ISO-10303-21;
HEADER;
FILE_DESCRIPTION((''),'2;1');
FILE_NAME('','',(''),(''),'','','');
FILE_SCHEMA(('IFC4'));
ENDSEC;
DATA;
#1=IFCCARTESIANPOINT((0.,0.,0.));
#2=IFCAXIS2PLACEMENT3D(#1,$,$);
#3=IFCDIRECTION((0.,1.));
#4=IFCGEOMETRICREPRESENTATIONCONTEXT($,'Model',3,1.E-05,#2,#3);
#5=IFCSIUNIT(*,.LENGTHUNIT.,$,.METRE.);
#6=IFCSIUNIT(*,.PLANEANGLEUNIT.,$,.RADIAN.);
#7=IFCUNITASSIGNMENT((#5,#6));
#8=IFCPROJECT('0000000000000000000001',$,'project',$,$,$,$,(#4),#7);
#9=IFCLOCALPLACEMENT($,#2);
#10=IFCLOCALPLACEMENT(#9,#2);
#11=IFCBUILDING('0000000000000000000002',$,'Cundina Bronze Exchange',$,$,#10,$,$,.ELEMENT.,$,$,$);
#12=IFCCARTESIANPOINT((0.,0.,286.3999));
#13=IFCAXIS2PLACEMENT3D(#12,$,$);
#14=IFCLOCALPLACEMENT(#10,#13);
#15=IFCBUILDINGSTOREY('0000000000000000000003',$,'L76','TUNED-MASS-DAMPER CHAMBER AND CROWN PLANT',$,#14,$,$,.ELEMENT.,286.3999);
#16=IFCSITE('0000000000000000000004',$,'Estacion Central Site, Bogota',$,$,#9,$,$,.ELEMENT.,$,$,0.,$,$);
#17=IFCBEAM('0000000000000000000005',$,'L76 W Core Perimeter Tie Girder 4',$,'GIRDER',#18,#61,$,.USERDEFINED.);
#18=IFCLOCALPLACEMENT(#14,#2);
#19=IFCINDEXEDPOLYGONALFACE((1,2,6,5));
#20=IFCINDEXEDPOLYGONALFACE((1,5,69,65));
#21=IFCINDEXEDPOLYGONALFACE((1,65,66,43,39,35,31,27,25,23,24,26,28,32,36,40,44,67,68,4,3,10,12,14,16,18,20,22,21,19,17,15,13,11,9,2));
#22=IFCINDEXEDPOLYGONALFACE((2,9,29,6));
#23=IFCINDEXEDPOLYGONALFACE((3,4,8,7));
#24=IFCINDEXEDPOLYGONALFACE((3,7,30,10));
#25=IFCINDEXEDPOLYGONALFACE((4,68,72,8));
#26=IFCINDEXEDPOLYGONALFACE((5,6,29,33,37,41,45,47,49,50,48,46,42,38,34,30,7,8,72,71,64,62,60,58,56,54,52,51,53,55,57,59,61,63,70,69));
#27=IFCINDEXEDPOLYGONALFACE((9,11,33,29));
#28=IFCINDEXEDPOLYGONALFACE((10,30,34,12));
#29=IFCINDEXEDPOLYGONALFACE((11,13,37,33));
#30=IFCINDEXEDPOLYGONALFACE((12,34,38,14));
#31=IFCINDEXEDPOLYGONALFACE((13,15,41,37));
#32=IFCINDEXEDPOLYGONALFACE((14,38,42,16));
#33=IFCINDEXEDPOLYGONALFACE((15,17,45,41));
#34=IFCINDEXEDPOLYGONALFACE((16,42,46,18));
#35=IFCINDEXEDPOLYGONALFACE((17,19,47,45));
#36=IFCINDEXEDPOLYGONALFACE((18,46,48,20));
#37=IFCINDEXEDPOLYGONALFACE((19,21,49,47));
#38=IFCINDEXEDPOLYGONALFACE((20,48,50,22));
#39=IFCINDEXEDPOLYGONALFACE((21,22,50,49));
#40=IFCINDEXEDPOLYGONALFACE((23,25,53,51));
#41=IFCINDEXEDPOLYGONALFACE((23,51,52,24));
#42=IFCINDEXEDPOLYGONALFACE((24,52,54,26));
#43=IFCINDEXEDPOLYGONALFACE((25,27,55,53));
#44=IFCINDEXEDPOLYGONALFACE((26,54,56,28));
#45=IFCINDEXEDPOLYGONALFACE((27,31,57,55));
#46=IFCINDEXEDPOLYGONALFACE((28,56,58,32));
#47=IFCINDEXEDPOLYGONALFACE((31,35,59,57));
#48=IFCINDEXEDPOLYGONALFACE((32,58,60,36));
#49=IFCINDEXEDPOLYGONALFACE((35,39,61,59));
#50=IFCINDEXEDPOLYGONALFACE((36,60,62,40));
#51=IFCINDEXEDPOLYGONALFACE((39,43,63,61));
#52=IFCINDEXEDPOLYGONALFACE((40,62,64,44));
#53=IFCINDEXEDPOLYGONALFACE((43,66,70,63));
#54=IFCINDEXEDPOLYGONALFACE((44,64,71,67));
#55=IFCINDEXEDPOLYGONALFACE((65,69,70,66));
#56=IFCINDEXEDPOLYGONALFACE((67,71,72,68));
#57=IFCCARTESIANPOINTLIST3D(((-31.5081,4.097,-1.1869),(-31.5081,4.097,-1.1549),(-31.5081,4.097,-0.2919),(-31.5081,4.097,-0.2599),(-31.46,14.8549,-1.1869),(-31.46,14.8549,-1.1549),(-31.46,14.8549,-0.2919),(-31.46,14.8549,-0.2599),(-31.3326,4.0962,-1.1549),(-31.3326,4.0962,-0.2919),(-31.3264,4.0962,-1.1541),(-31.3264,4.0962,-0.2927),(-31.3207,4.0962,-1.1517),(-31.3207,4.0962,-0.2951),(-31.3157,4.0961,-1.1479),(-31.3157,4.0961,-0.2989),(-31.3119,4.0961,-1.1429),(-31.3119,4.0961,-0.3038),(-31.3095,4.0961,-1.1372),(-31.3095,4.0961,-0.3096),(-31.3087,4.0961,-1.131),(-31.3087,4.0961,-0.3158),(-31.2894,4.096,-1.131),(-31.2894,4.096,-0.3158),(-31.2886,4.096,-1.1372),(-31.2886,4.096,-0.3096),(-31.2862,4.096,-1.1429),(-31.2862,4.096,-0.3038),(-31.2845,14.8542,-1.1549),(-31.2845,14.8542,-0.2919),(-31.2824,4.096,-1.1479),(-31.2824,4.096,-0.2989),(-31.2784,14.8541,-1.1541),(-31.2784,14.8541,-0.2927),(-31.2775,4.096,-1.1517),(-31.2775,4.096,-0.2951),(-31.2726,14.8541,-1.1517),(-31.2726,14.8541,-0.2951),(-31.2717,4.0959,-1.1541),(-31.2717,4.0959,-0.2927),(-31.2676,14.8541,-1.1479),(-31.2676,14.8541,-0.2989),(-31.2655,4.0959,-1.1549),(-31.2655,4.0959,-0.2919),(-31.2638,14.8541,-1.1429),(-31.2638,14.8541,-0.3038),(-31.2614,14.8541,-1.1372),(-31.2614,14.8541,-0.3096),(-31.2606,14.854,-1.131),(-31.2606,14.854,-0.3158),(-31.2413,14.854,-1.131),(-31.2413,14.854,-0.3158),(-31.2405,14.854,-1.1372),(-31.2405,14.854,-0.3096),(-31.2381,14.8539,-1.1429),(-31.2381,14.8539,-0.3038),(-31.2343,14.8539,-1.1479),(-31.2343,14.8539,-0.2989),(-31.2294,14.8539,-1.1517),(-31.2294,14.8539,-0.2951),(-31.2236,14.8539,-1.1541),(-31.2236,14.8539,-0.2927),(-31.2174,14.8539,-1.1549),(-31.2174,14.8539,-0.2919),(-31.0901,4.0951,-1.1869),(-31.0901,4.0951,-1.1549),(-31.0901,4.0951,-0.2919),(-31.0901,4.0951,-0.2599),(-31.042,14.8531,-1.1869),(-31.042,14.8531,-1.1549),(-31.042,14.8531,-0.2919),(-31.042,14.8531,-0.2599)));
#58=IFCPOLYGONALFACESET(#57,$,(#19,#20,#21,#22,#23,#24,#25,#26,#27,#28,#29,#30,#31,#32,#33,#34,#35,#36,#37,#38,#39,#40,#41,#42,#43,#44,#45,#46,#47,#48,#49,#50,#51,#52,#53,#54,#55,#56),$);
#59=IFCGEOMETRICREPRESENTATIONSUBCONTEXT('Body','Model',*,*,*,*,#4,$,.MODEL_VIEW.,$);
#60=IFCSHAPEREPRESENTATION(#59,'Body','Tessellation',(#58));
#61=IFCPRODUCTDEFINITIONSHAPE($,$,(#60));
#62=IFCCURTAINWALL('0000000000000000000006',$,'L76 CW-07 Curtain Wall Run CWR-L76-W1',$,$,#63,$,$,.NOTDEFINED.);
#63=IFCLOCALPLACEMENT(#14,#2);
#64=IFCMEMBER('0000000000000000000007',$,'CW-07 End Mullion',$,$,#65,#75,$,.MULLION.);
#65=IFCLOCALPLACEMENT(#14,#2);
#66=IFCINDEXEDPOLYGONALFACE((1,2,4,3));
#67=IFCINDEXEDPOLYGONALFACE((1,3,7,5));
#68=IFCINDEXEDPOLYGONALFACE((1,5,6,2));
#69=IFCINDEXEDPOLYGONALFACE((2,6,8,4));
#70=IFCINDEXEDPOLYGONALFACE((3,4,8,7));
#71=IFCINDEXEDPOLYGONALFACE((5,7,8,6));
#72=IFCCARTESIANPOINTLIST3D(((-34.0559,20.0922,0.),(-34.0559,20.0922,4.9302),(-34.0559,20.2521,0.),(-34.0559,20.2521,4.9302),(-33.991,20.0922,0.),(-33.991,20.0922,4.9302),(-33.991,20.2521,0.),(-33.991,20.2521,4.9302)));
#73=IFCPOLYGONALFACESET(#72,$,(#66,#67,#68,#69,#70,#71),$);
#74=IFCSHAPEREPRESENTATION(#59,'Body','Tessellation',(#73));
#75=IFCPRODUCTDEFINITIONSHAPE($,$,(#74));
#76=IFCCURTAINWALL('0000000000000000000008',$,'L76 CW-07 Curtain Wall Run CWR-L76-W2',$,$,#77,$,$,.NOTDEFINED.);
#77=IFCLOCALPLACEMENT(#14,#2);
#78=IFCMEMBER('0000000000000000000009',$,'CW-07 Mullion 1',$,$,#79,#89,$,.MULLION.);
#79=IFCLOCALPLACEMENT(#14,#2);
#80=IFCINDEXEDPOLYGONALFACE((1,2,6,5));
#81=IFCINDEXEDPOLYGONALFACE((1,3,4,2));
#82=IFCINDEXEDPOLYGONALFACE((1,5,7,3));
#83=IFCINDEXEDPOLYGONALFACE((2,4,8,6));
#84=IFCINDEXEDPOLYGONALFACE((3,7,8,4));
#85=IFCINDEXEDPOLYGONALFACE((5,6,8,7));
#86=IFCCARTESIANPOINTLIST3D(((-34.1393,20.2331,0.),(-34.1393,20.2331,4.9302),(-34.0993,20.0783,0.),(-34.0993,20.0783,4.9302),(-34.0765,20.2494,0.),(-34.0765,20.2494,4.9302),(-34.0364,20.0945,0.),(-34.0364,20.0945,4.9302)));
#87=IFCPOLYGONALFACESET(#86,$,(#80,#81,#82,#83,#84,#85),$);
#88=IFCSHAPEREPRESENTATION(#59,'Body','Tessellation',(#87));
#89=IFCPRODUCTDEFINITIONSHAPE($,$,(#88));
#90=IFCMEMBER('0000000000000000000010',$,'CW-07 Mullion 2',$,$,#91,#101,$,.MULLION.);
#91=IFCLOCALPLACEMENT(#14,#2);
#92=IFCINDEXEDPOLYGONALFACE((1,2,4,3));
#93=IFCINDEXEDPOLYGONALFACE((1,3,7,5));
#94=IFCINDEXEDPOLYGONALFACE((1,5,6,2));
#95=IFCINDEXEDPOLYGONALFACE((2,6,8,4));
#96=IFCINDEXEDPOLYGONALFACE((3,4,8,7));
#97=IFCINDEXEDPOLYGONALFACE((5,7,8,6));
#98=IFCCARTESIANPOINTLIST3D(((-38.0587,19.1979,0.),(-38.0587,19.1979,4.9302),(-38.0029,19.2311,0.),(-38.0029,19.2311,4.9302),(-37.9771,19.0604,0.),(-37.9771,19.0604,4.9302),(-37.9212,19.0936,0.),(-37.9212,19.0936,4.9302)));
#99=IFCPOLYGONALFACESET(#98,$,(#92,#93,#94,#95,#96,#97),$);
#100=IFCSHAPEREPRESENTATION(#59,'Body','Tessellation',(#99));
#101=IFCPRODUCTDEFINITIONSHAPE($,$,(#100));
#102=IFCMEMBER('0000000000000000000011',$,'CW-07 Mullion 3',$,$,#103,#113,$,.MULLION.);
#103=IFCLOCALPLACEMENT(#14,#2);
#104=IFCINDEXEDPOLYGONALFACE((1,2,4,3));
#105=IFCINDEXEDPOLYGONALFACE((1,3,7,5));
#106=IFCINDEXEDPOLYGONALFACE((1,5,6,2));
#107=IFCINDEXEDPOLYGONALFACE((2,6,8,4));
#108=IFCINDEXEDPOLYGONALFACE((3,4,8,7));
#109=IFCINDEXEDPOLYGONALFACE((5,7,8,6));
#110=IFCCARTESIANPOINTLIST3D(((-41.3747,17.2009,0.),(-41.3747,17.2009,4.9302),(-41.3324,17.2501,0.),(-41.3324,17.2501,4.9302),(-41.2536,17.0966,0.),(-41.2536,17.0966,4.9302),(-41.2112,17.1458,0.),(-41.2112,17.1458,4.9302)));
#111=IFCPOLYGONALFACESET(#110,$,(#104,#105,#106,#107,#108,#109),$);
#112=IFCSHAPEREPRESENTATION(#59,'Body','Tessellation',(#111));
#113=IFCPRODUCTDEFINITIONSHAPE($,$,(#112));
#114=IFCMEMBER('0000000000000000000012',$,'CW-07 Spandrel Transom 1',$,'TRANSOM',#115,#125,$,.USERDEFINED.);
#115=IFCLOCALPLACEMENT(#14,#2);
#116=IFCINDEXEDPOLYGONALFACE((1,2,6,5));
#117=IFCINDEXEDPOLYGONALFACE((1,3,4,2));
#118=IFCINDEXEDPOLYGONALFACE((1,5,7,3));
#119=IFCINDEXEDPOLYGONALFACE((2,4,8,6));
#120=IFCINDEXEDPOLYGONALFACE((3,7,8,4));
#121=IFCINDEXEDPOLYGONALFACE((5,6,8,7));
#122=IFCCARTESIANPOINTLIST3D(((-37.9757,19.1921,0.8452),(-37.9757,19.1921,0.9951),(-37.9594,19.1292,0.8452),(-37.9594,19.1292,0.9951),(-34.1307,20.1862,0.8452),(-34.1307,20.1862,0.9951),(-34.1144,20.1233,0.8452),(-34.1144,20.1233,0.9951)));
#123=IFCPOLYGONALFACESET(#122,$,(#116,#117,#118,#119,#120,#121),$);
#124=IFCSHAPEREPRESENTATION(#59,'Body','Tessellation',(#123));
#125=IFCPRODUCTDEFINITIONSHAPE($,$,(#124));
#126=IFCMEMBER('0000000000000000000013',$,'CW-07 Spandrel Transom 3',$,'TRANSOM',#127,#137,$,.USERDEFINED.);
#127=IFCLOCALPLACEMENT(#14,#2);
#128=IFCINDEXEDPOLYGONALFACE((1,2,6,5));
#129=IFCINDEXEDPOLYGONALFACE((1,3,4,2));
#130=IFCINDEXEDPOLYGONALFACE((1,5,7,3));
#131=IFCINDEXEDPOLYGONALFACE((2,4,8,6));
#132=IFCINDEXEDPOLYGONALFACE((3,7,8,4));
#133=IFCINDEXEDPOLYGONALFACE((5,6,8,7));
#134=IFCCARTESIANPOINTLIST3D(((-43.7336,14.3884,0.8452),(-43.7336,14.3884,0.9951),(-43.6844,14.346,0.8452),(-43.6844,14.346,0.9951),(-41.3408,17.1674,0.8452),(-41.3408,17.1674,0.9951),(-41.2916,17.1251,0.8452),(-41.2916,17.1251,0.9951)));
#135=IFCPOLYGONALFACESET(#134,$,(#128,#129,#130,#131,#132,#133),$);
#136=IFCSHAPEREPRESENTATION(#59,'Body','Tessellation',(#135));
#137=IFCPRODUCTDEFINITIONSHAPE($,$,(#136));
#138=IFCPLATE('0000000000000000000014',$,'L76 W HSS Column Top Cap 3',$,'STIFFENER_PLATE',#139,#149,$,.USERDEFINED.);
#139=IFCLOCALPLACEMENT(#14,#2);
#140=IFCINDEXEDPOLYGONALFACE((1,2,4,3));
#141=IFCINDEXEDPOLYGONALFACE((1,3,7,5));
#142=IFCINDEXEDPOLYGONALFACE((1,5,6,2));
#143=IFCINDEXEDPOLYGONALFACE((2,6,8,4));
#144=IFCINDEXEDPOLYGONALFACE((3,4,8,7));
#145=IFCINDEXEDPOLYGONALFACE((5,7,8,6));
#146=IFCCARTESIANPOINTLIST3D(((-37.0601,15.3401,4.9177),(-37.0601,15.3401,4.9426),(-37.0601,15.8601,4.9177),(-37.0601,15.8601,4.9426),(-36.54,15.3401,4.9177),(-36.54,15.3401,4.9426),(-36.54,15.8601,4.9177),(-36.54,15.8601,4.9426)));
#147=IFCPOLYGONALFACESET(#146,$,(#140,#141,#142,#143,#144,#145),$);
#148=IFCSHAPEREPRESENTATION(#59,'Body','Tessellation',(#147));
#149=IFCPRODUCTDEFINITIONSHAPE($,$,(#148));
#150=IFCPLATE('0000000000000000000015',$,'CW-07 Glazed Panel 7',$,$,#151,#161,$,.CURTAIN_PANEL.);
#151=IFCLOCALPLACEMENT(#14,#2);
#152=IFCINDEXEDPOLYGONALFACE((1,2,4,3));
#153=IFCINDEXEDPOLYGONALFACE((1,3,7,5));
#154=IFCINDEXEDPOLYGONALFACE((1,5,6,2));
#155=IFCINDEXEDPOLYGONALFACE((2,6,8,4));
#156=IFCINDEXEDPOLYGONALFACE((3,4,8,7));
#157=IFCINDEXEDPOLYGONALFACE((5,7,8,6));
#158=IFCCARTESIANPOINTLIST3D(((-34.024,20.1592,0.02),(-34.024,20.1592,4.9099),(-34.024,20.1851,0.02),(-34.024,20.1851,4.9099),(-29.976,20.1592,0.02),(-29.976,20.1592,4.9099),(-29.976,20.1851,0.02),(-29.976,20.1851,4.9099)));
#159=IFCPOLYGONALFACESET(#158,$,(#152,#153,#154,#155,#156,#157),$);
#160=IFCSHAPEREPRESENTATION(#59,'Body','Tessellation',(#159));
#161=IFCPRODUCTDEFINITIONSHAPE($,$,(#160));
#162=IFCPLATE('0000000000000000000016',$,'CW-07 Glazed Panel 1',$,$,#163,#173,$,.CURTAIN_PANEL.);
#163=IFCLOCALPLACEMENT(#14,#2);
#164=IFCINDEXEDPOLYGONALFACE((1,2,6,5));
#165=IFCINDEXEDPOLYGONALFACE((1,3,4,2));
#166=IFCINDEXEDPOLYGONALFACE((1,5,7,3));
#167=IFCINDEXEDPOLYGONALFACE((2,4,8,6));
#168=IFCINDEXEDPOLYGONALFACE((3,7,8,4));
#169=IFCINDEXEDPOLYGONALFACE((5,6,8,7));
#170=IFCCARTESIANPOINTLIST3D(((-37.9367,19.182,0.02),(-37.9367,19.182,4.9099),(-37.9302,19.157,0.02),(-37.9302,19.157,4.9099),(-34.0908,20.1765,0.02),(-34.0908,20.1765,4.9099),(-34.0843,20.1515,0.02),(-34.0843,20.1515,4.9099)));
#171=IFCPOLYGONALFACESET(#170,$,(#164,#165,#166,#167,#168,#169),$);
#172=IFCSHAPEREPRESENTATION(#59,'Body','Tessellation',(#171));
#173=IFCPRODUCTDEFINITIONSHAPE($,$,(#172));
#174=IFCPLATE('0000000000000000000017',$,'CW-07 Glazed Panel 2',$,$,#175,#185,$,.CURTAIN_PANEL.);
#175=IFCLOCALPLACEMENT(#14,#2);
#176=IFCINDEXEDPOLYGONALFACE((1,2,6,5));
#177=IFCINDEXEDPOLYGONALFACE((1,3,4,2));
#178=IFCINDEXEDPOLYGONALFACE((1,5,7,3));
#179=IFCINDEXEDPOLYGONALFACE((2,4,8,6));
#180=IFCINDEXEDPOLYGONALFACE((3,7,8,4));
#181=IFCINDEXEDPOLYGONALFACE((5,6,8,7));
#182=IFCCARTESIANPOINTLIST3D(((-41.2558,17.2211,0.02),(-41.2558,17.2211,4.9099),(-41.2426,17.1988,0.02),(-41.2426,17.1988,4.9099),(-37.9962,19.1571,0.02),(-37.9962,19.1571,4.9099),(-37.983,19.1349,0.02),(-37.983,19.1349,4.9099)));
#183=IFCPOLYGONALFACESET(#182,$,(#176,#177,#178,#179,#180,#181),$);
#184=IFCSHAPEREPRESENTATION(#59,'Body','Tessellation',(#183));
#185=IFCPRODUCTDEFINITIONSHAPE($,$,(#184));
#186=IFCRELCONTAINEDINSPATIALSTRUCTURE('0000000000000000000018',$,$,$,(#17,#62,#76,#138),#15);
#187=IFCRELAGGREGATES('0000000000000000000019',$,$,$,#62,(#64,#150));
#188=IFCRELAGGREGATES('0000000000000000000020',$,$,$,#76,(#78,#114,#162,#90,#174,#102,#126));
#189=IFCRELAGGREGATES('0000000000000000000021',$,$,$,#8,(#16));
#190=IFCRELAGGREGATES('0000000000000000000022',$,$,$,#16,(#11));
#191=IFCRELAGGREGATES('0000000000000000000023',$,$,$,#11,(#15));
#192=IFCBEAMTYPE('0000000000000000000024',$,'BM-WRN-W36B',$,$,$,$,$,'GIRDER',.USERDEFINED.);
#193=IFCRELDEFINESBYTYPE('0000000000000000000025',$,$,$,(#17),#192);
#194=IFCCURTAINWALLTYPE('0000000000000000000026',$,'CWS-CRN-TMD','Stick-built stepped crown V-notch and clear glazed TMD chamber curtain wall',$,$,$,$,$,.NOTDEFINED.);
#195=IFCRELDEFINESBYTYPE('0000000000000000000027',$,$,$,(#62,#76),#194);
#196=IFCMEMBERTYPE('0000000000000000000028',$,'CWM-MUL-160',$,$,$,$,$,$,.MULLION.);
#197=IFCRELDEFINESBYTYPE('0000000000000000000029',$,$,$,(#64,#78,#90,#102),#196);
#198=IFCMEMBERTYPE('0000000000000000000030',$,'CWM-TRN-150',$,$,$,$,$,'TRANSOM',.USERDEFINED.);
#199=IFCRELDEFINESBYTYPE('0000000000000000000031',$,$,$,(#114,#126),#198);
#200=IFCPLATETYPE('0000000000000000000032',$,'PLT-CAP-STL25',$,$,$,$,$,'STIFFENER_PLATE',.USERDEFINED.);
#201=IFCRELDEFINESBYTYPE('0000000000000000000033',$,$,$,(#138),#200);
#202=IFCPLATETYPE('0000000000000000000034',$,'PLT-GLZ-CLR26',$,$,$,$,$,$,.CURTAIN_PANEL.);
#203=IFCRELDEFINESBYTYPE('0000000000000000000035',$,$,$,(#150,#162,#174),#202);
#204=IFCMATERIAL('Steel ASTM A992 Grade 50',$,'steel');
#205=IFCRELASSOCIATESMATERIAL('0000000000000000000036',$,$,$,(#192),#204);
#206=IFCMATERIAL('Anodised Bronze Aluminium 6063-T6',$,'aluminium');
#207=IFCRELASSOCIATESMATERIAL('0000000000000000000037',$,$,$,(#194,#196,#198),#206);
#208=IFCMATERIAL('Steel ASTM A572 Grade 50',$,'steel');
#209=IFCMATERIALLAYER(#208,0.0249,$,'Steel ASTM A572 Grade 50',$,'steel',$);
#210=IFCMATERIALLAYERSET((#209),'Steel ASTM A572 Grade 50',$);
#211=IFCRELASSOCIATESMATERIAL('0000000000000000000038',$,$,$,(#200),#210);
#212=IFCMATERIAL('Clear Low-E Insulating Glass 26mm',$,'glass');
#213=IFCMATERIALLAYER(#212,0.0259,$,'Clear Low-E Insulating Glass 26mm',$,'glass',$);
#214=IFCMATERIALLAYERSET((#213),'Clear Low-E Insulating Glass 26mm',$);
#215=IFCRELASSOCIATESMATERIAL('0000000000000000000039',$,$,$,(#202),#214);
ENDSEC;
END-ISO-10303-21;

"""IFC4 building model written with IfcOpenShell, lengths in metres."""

from ifc_helpers import new_model, si_unit, direction, frame, origin, origin_2d, place, context, subcontext, project, spatial, rectangle, i_section, extrude, material, layer, layer_set, material_profile, profile_set, type_object, element, aggregate, save


model = new_model("IFC4")

# Units and contexts
model_context = context("Model", 3, precision=1e-05, world=origin(), true_north=direction((0.0, 1.0)))
body_context = subcontext(model_context, "Body", "Model", "MODEL_VIEW")
ifc_project = project(units=[si_unit("LENGTHUNIT", "METRE"), si_unit("PLANEANGLEUNIT", "RADIAN")], contexts=[model_context])

# Site, building, storey
site_placement = place(None, origin())
site = spatial("IfcSite", under=ifc_project, at=site_placement, Name="Estacion Central Site, Bogota", CompositionType="ELEMENT", RefElevation=0.0)
building_placement = place(site_placement, origin())
building = spatial("IfcBuilding", under=site, at=building_placement, Name="Cundina Bronze Exchange", CompositionType="ELEMENT")
storey_placement = place(building_placement, frame((0.0, 0.0, 286.3999)))
storey = spatial("IfcBuildingStorey", under=building, at=storey_placement, Name="L76", Description="TUNED-MASS-DAMPER CHAMBER AND CROWN PLANT", CompositionType="ELEMENT", Elevation=286.3999)

# Shared definitions
ifc_material_1 = material(Name="Steel ASTM A992 Grade 50", Category="steel")

# Beam
ifc_material_profile_1 = material_profile(ifc_material_1, i_section(OverallWidth=0.418, OverallDepth=0.927, WebThickness=0.0193, FlangeThickness=0.032, FilletRadius=0.0239, at=origin_2d()), Name="W36X231", Category="steel")
ifc_profile_set_1 = profile_set([ifc_material_profile_1], Name="Steel ASTM A992 Grade 50")
beam_type_1 = type_object("IfcBeamType", Name="BM-WRN-W36B", ElementType="GIRDER", PredefinedType="USERDEFINED", material=ifc_profile_set_1)
beam_1_placement = place(storey_placement, frame((-31.251, 14.854, -0.7234), z_axis=(-0.004471, -0.99999, 0.0), x_axis=(0.99999, -0.004471, 0.0)))
element("IfcBeam", 1, at=beam_1_placement, inside=storey, type_object=beam_type_1, Name="L76 W Core Perimeter Tie Girder 4", ObjectType="GIRDER", PredefinedType="USERDEFINED", context=body_context, shape_type="SweptSolid", body=[
    extrude(i_section(OverallWidth=0.418, OverallDepth=0.927, WebThickness=0.0193, FlangeThickness=0.032, FilletRadius=0.0239, at=origin_2d()), origin(), (0.0, 0.0, 1.0), 10.7581),
])

# Curtain wall, member
ifc_material_2 = material(Name="Anodised Bronze Aluminium 6063-T6", Category="aluminium")
curtain_wall_type = type_object("IfcCurtainWallType", Name="CWS-CRN-TMD", Description="Stick-built stepped crown V-notch and clear glazed TMD chamber curtain wall", PredefinedType="NOTDEFINED", material=ifc_material_2)
curtain_wall_1_placement = place(storey_placement, origin())
curtain_wall_1 = element("IfcCurtainWall", 2, at=curtain_wall_1_placement, inside=storey, type_object=curtain_wall_type, Name="L76 CW-07 Curtain Wall Run CWR-L76-W1", PredefinedType="NOTDEFINED")
ifc_material_profile_2 = material_profile(ifc_material_2, rectangle(XDim=0.0649, YDim=0.1599, at=origin_2d()), Name="AL65X160", Category="aluminium")
ifc_profile_set_2 = profile_set([ifc_material_profile_2], Name="Anodised Bronze Aluminium 6063-T6")
member_type_1 = type_object("IfcMemberType", Name="CWM-MUL-160", PredefinedType="MULLION", material=ifc_profile_set_2)
member_1_placement = place(storey_placement, frame((-34.0234, 20.1721, 0.0), z_axis=(0.0, 0.0, 1.0), x_axis=(-1.0, 0.0, 0.0)))
member_1 = element("IfcMember", 3, at=member_1_placement, type_object=member_type_1, Name="CW-07 End Mullion", PredefinedType="MULLION", context=body_context, shape_type="SweptSolid", body=[
    extrude(rectangle(XDim=0.0649, YDim=0.1599, at=origin_2d()), origin(), (0.0, 0.0, 1.0), 4.9302),
])

# Curtain wall, members
curtain_wall_2_placement = place(storey_placement, origin())
curtain_wall_2 = element("IfcCurtainWall", 4, at=curtain_wall_2_placement, inside=storey, type_object=curtain_wall_type, Name="L76 CW-07 Curtain Wall Run CWR-L76-W2", PredefinedType="NOTDEFINED")
member_2_placement = place(storey_placement, frame((-34.0879, 20.1638, 0.0), z_axis=(0.0, 0.0, 1.0), x_axis=(-0.968148, -0.25038, 0.0)))
member_2 = element("IfcMember", 5, at=member_2_placement, type_object=member_type_1, Name="CW-07 Mullion 1", PredefinedType="MULLION", context=body_context, shape_type="SweptSolid", body=[
    extrude(rectangle(XDim=0.0649, YDim=0.1599, at=origin_2d()), origin(), (0.0, 0.0, 1.0), 4.9302),
])
member_3_placement = place(storey_placement, frame((-37.99, 19.1458, 0.0), z_axis=(0.0, 0.0, 1.0), x_axis=(-0.859763, -0.510693, 0.0)))
member_3 = element("IfcMember", 6, at=member_3_placement, type_object=member_type_1, Name="CW-07 Mullion 2", PredefinedType="MULLION", context=body_context, shape_type="SweptSolid", body=[
    extrude(rectangle(XDim=0.0649, YDim=0.1599, at=origin_2d()), origin(), (0.0, 0.0, 1.0), 4.9302),
])
member_4_placement = place(storey_placement, frame((-41.293, 17.1733, 0.0), z_axis=(0.0, 0.0, 1.0), x_axis=(-0.652495, -0.757793, 0.0)))
member_4 = element("IfcMember", 7, at=member_4_placement, type_object=member_type_1, Name="CW-07 Mullion 3", PredefinedType="MULLION", context=body_context, shape_type="SweptSolid", body=[
    extrude(rectangle(XDim=0.0649, YDim=0.1599, at=origin_2d()), origin(), (0.0, 0.0, 1.0), 4.9302),
])
ifc_material_profile_3 = material_profile(ifc_material_2, rectangle(XDim=0.0649, YDim=0.1499, at=origin_2d()), Name="AL65X150", Category="aluminium")
ifc_profile_set_3 = profile_set([ifc_material_profile_3], Name="Anodised Bronze Aluminium 6063-T6")
member_type_2 = type_object("IfcMemberType", Name="CWM-TRN-150", ElementType="TRANSOM", PredefinedType="USERDEFINED", material=ifc_profile_set_3)
member_5_placement = place(storey_placement, frame((-34.1226, 20.1548, 0.9202), z_axis=(-0.968162, -0.250324, 0.0), x_axis=(0.250324, -0.968162, 0.0)))
member_5 = element("IfcMember", 8, at=member_5_placement, type_object=member_type_2, Name="CW-07 Spandrel Transom 1", ObjectType="TRANSOM", PredefinedType="USERDEFINED", context=body_context, shape_type="SweptSolid", body=[
    extrude(rectangle(XDim=0.0649, YDim=0.1499, at=origin_2d()), origin(), (0.0, 0.0, 1.0), 3.9714),
])
member_6_placement = place(storey_placement, frame((-41.3162, 17.1462, 0.9202), z_axis=(-0.652484, -0.757803, 0.0), x_axis=(0.757803, -0.652484, 0.0)))
member_6 = element("IfcMember", 9, at=member_6_placement, type_object=member_type_2, Name="CW-07 Spandrel Transom 3", ObjectType="TRANSOM", PredefinedType="USERDEFINED", context=body_context, shape_type="SweptSolid", body=[
    extrude(rectangle(XDim=0.0649, YDim=0.1499, at=origin_2d()), origin(), (0.0, 0.0, 1.0), 3.6672),
])

# Plates
ifc_material_3 = material(Name="Steel ASTM A572 Grade 50", Category="steel")
ifc_layer_1 = layer(ifc_material_3, 0.0249, Name="Steel ASTM A572 Grade 50", Category="steel")
ifc_layer_set_1 = layer_set([ifc_layer_1], Name="Steel ASTM A572 Grade 50")
plate_type_1 = type_object("IfcPlateType", Name="PLT-CAP-STL25", ElementType="STIFFENER_PLATE", PredefinedType="USERDEFINED", material=ifc_layer_set_1)
plate_1_placement = place(storey_placement, frame((-36.8, 15.6001, 4.9177), z_axis=(0.0, 0.0, 1.0), x_axis=(1.0, 0.0, 0.0)))
element("IfcPlate", 10, at=plate_1_placement, inside=storey, type_object=plate_type_1, Name="L76 W HSS Column Top Cap 3", ObjectType="STIFFENER_PLATE", PredefinedType="USERDEFINED", context=body_context, shape_type="SweptSolid", body=[
    extrude(rectangle(XDim=0.52, YDim=0.52, at=origin_2d()), origin(), (0.0, 0.0, 1.0), 0.0249),
])
ifc_material_4 = material(Name="Clear Low-E Insulating Glass 26mm", Category="glass")
ifc_layer_2 = layer(ifc_material_4, 0.0259, Name="Clear Low-E Insulating Glass 26mm", Category="glass")
ifc_layer_set_2 = layer_set([ifc_layer_2], Name="Clear Low-E Insulating Glass 26mm")
plate_type_2 = type_object("IfcPlateType", Name="PLT-GLZ-CLR26", PredefinedType="CURTAIN_PANEL", material=ifc_layer_set_2)
plate_2_placement = place(storey_placement, frame((-32.0, 20.1721, 0.02), z_axis=(0.0, 0.0, 1.0), x_axis=(-1.0, 0.0, 0.0)))
plate_2 = element("IfcPlate", 11, at=plate_2_placement, type_object=plate_type_2, Name="CW-07 Glazed Panel 7", PredefinedType="CURTAIN_PANEL", context=body_context, shape_type="SweptSolid", body=[
    extrude(rectangle(XDim=4.0481, YDim=0.0259, at=origin_2d()), origin(), (0.0, 0.0, 1.0), 4.8899),
])
aggregate(curtain_wall_1, [member_1, plate_2])
plate_3_placement = place(storey_placement, frame((-36.0105, 19.6667, 0.02), z_axis=(0.0, 0.0, 1.0), x_axis=(-0.968156, -0.250346, 0.0)))
plate_3 = element("IfcPlate", 12, at=plate_3_placement, type_object=plate_type_2, Name="CW-07 Glazed Panel 1", PredefinedType="CURTAIN_PANEL", context=body_context, shape_type="SweptSolid", body=[
    extrude(rectangle(XDim=3.9724, YDim=0.0259, at=origin_2d()), origin(), (0.0, 0.0, 1.0), 4.8899),
])
plate_4_placement = place(storey_placement, frame((-39.6194, 18.178, 0.02), z_axis=(0.0, 0.0, 1.0), x_axis=(-0.859781, -0.510663, 0.0)))
plate_4 = element("IfcPlate", 13, at=plate_4_placement, type_object=plate_type_2, Name="CW-07 Glazed Panel 2", PredefinedType="CURTAIN_PANEL", context=body_context, shape_type="SweptSolid", body=[
    extrude(rectangle(XDim=3.7913, YDim=0.0259, at=origin_2d()), origin(), (0.0, 0.0, 1.0), 4.8899),
])
aggregate(curtain_wall_2, [member_2, member_5, plate_3, member_3, plate_4, member_4, member_6])

save(model, "model.ifc")
